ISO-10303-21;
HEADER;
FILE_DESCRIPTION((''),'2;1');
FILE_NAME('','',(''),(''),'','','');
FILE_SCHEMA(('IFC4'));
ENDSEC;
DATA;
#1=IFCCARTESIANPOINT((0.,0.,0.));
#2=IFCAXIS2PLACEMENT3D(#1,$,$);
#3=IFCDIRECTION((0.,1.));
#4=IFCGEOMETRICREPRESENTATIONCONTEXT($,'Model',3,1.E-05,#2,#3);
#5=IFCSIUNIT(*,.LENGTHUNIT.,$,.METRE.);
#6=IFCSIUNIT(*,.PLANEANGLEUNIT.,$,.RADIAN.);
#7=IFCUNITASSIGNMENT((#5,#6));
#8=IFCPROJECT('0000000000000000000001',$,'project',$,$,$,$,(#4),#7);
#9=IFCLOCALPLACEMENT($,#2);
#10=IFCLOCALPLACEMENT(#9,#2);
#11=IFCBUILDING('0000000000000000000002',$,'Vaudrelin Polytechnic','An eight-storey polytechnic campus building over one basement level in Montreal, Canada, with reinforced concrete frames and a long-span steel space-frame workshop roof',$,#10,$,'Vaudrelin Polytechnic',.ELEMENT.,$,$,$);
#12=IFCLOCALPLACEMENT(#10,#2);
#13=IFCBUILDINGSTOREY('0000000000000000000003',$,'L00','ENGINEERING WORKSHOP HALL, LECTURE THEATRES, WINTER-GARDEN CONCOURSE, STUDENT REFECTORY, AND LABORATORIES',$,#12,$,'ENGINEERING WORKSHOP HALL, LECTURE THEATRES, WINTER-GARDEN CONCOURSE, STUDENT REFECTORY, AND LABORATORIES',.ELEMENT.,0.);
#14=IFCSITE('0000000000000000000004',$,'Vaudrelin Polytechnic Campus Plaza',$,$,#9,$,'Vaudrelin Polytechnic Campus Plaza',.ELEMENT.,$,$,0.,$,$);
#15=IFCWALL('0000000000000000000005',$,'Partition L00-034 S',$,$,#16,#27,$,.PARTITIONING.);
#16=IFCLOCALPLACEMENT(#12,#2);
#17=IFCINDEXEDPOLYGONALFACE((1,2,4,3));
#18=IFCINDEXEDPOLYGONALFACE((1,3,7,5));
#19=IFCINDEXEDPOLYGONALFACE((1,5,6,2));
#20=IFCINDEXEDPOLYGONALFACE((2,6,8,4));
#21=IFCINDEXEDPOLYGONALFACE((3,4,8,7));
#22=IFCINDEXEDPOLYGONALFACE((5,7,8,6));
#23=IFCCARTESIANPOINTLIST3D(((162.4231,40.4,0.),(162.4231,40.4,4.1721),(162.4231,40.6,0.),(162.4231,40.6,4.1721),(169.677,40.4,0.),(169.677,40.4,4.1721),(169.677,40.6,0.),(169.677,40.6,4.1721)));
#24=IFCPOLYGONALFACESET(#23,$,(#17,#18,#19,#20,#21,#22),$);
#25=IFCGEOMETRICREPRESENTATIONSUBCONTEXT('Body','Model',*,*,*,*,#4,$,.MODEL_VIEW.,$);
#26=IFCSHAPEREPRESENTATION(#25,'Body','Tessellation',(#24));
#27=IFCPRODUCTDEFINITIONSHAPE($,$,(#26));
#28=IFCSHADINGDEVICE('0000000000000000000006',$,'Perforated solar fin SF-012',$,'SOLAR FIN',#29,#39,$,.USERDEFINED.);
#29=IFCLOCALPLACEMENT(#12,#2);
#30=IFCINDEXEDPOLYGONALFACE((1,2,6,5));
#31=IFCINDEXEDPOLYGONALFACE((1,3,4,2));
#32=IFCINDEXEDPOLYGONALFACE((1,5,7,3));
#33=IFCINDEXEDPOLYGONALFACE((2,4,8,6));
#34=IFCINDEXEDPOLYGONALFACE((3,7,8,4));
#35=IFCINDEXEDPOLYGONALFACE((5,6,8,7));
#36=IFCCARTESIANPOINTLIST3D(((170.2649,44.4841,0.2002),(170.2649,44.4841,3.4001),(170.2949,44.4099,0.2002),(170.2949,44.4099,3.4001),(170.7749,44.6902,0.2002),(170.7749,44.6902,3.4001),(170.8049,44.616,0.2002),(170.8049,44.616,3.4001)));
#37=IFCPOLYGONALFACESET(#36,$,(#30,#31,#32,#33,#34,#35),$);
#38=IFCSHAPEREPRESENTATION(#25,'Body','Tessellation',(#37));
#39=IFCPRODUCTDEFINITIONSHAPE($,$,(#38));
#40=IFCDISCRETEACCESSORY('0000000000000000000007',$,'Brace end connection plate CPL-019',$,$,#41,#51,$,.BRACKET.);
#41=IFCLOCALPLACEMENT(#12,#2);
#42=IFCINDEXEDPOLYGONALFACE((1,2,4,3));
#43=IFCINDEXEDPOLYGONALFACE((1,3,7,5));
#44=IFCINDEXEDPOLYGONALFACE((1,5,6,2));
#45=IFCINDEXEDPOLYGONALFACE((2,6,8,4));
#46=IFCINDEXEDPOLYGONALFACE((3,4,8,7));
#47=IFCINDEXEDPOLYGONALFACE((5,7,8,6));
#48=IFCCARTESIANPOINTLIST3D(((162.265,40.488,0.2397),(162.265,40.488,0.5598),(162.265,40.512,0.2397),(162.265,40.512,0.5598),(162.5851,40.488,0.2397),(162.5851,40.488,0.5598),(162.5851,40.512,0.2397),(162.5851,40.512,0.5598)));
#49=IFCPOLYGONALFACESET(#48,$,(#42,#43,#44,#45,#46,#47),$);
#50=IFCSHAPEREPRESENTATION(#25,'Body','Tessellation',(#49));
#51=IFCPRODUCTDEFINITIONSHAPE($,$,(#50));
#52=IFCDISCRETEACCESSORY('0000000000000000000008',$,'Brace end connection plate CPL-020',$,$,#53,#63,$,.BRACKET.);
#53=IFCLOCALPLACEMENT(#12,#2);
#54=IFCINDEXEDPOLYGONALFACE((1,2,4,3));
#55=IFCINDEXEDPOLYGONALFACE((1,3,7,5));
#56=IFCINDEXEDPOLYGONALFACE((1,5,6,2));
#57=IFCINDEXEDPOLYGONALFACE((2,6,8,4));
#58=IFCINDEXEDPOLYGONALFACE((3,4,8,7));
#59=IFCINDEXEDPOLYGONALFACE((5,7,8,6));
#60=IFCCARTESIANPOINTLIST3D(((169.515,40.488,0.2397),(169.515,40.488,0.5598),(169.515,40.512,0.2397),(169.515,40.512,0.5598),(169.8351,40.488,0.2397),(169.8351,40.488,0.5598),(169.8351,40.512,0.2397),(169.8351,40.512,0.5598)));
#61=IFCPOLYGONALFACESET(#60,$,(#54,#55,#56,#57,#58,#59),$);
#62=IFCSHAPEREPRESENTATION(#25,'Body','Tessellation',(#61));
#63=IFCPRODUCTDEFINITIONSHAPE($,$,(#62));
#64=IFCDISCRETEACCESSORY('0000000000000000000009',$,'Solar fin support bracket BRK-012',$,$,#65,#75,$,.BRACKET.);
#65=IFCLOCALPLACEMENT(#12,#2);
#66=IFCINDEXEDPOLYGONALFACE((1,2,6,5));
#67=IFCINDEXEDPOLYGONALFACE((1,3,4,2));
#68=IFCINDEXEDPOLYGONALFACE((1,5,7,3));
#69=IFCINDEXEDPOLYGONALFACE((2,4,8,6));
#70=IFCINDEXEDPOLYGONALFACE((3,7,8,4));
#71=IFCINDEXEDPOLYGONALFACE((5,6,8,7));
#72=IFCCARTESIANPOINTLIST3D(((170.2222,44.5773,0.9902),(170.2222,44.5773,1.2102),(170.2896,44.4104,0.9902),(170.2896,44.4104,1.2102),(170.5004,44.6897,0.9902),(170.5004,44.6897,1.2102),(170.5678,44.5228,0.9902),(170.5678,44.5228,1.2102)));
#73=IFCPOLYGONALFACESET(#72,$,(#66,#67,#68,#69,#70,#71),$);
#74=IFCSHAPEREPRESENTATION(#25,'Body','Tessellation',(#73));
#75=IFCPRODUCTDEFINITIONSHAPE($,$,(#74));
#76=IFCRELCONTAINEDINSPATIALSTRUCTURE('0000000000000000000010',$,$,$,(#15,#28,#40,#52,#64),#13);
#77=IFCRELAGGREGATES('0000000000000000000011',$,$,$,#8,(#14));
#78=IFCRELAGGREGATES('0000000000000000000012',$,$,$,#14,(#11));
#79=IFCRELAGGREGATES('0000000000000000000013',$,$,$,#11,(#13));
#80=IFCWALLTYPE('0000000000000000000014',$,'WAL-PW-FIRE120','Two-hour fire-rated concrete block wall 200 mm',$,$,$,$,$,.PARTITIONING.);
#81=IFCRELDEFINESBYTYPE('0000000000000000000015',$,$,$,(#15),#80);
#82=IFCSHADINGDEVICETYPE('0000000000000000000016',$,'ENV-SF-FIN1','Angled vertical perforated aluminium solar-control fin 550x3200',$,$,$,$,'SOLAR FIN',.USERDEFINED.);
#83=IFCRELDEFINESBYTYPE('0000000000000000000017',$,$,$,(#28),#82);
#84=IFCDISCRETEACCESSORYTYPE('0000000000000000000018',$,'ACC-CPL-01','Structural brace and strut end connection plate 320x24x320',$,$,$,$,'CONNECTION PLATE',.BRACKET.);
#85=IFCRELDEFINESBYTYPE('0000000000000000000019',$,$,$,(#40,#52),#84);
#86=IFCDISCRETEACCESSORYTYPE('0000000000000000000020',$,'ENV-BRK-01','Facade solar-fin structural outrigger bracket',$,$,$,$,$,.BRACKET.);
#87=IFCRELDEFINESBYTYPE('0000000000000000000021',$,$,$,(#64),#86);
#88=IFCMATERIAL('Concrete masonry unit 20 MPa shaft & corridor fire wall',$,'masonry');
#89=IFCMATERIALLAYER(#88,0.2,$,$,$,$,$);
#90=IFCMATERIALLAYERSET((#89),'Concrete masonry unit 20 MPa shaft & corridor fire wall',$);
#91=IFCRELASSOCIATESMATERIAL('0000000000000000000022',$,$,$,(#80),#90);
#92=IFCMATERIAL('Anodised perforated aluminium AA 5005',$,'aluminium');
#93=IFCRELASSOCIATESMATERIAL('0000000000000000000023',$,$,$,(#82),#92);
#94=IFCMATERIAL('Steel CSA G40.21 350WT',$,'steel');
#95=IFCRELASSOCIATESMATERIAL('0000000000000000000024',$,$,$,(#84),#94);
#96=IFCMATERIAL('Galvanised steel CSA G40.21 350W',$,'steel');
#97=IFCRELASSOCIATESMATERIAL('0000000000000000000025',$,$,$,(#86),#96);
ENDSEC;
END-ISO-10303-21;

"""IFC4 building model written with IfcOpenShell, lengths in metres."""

from ifc_helpers import new_model, si_unit, direction, frame, frame_2d, origin, origin_2d, place, context, subcontext, project, spatial, rectangle, extrude, material, layer, layer_set, type_object, element, save


model = new_model("IFC4")

# Units and contexts
model_context = context("Model", 3, precision=1e-05, world=origin(), true_north=direction((0.0, 1.0)))
body_context = subcontext(model_context, "Body", "Model", "MODEL_VIEW")
ifc_project = project(units=[si_unit("LENGTHUNIT", "METRE"), si_unit("PLANEANGLEUNIT", "RADIAN")], contexts=[model_context])

# Site, building, storey
site_placement = place(None, origin())
site = spatial("IfcSite", under=ifc_project, at=site_placement, Name="Vaudrelin Polytechnic Campus Plaza", LongName="Vaudrelin Polytechnic Campus Plaza", CompositionType="ELEMENT", RefElevation=0.0)
building_placement = place(site_placement, origin())
building = spatial("IfcBuilding", under=site, at=building_placement, Name="Vaudrelin Polytechnic", Description="An eight-storey polytechnic campus building over one basement level in Montreal, Canada, with reinforced concrete frames and a long-span steel space-frame workshop roof", LongName="Vaudrelin Polytechnic", CompositionType="ELEMENT")
storey_placement = place(building_placement, origin())
storey = spatial("IfcBuildingStorey", under=building, at=storey_placement, Name="L00", Description="ENGINEERING WORKSHOP HALL, LECTURE THEATRES, WINTER-GARDEN CONCOURSE, STUDENT REFECTORY, AND LABORATORIES", LongName="ENGINEERING WORKSHOP HALL, LECTURE THEATRES, WINTER-GARDEN CONCOURSE, STUDENT REFECTORY, AND LABORATORIES", CompositionType="ELEMENT", Elevation=0.0)

# Shared definitions
ifc_material_1 = material(Name="Steel CSA G40.21 350WT", Category="steel")

# Wall
ifc_material_2 = material(Name="Concrete masonry unit 20 MPa shaft & corridor fire wall", Category="masonry")
ifc_layer_1 = layer(ifc_material_2, 0.2)
ifc_layer_set_1 = layer_set([ifc_layer_1], Name="Concrete masonry unit 20 MPa shaft & corridor fire wall")
wall_type_1 = type_object("IfcWallType", Name="WAL-PW-FIRE120", Description="Two-hour fire-rated concrete block wall 200 mm", PredefinedType="PARTITIONING", material=ifc_layer_set_1)
wall_1_placement = place(storey_placement, frame((162.4231, 40.5, 0.0), z_axis=(0.0, 0.0, 1.0), x_axis=(1.0, 0.0, 0.0)))
element("IfcWall", 1, at=wall_1_placement, inside=storey, type_object=wall_type_1, Name="Partition L00-034 S", PredefinedType="PARTITIONING", context=body_context, shape_type="SweptSolid", body=[
    extrude(rectangle(XDim=7.2539, YDim=0.2, at=frame_2d((3.627, 0.0))), origin(), (0.0, 0.0, 1.0), 4.1721),
])

# Shading device
ifc_material_3 = material(Name="Anodised perforated aluminium AA 5005", Category="aluminium")
shading_device_type = type_object("IfcShadingDeviceType", Name="ENV-SF-FIN1", Description="Angled vertical perforated aluminium solar-control fin 550x3200", ElementType="SOLAR FIN", PredefinedType="USERDEFINED", material=ifc_material_3)
shading_device_placement = place(storey_placement, frame((170.5349, 44.55, 0.2002), z_axis=(0.0, 0.0, 1.0), x_axis=(0.927184, 0.374607, 0.0)))
element("IfcShadingDevice", 2, at=shading_device_placement, inside=storey, type_object=shading_device_type, Name="Perforated solar fin SF-012", ObjectType="SOLAR FIN", PredefinedType="USERDEFINED", context=body_context, shape_type="SweptSolid", body=[
    extrude(rectangle(XDim=0.55, YDim=0.0801, at=origin_2d()), origin(), (0.0, 0.0, 1.0), 3.2),
])

# Discrete accessories
discrete_accessory_type_1 = type_object("IfcDiscreteAccessoryType", Name="ACC-CPL-01", Description="Structural brace and strut end connection plate 320x24x320", ElementType="CONNECTION PLATE", PredefinedType="BRACKET", material=ifc_material_1)
for number, where, z_axis, x_axis, name in (
    (3, (162.425, 40.5, 0.2397), (0.0, 0.0, 1.0), (1.0, 0.0, 0.0), "Brace end connection plate CPL-019"),
    (4, (169.675, 40.5, 0.2397), (0.0, 0.0, 1.0), (1.0, 0.0, 0.0), "Brace end connection plate CPL-020"),
):
    element("IfcDiscreteAccessory", number, at=place(storey_placement, frame(where, z_axis=z_axis, x_axis=x_axis)), inside=storey, type_object=discrete_accessory_type_1, Name=name, PredefinedType="BRACKET", context=body_context, shape_type="SweptSolid", body=[
        extrude(rectangle(XDim=0.3201, YDim=0.0239, at=origin_2d()), origin(), (0.0, 0.0, 1.0), 0.3201),
    ])
ifc_material_4 = material(Name="Galvanised steel CSA G40.21 350W", Category="steel")
discrete_accessory_type_2 = type_object("IfcDiscreteAccessoryType", Name="ENV-BRK-01", Description="Facade solar-fin structural outrigger bracket", PredefinedType="BRACKET", material=ifc_material_4)
discrete_accessory_placement = place(storey_placement, frame((170.395, 44.55, 0.9902), z_axis=(0.0, 0.0, 1.0), x_axis=(0.927184, 0.374607, 0.0)))
element("IfcDiscreteAccessory", 5, at=discrete_accessory_placement, inside=storey, type_object=discrete_accessory_type_2, Name="Solar fin support bracket BRK-012", PredefinedType="BRACKET", context=body_context, shape_type="SweptSolid", body=[
    extrude(rectangle(XDim=0.3, YDim=0.1799, at=origin_2d()), origin(), (0.0, 0.0, 1.0), 0.22),
])

save(model, "model.ifc")
